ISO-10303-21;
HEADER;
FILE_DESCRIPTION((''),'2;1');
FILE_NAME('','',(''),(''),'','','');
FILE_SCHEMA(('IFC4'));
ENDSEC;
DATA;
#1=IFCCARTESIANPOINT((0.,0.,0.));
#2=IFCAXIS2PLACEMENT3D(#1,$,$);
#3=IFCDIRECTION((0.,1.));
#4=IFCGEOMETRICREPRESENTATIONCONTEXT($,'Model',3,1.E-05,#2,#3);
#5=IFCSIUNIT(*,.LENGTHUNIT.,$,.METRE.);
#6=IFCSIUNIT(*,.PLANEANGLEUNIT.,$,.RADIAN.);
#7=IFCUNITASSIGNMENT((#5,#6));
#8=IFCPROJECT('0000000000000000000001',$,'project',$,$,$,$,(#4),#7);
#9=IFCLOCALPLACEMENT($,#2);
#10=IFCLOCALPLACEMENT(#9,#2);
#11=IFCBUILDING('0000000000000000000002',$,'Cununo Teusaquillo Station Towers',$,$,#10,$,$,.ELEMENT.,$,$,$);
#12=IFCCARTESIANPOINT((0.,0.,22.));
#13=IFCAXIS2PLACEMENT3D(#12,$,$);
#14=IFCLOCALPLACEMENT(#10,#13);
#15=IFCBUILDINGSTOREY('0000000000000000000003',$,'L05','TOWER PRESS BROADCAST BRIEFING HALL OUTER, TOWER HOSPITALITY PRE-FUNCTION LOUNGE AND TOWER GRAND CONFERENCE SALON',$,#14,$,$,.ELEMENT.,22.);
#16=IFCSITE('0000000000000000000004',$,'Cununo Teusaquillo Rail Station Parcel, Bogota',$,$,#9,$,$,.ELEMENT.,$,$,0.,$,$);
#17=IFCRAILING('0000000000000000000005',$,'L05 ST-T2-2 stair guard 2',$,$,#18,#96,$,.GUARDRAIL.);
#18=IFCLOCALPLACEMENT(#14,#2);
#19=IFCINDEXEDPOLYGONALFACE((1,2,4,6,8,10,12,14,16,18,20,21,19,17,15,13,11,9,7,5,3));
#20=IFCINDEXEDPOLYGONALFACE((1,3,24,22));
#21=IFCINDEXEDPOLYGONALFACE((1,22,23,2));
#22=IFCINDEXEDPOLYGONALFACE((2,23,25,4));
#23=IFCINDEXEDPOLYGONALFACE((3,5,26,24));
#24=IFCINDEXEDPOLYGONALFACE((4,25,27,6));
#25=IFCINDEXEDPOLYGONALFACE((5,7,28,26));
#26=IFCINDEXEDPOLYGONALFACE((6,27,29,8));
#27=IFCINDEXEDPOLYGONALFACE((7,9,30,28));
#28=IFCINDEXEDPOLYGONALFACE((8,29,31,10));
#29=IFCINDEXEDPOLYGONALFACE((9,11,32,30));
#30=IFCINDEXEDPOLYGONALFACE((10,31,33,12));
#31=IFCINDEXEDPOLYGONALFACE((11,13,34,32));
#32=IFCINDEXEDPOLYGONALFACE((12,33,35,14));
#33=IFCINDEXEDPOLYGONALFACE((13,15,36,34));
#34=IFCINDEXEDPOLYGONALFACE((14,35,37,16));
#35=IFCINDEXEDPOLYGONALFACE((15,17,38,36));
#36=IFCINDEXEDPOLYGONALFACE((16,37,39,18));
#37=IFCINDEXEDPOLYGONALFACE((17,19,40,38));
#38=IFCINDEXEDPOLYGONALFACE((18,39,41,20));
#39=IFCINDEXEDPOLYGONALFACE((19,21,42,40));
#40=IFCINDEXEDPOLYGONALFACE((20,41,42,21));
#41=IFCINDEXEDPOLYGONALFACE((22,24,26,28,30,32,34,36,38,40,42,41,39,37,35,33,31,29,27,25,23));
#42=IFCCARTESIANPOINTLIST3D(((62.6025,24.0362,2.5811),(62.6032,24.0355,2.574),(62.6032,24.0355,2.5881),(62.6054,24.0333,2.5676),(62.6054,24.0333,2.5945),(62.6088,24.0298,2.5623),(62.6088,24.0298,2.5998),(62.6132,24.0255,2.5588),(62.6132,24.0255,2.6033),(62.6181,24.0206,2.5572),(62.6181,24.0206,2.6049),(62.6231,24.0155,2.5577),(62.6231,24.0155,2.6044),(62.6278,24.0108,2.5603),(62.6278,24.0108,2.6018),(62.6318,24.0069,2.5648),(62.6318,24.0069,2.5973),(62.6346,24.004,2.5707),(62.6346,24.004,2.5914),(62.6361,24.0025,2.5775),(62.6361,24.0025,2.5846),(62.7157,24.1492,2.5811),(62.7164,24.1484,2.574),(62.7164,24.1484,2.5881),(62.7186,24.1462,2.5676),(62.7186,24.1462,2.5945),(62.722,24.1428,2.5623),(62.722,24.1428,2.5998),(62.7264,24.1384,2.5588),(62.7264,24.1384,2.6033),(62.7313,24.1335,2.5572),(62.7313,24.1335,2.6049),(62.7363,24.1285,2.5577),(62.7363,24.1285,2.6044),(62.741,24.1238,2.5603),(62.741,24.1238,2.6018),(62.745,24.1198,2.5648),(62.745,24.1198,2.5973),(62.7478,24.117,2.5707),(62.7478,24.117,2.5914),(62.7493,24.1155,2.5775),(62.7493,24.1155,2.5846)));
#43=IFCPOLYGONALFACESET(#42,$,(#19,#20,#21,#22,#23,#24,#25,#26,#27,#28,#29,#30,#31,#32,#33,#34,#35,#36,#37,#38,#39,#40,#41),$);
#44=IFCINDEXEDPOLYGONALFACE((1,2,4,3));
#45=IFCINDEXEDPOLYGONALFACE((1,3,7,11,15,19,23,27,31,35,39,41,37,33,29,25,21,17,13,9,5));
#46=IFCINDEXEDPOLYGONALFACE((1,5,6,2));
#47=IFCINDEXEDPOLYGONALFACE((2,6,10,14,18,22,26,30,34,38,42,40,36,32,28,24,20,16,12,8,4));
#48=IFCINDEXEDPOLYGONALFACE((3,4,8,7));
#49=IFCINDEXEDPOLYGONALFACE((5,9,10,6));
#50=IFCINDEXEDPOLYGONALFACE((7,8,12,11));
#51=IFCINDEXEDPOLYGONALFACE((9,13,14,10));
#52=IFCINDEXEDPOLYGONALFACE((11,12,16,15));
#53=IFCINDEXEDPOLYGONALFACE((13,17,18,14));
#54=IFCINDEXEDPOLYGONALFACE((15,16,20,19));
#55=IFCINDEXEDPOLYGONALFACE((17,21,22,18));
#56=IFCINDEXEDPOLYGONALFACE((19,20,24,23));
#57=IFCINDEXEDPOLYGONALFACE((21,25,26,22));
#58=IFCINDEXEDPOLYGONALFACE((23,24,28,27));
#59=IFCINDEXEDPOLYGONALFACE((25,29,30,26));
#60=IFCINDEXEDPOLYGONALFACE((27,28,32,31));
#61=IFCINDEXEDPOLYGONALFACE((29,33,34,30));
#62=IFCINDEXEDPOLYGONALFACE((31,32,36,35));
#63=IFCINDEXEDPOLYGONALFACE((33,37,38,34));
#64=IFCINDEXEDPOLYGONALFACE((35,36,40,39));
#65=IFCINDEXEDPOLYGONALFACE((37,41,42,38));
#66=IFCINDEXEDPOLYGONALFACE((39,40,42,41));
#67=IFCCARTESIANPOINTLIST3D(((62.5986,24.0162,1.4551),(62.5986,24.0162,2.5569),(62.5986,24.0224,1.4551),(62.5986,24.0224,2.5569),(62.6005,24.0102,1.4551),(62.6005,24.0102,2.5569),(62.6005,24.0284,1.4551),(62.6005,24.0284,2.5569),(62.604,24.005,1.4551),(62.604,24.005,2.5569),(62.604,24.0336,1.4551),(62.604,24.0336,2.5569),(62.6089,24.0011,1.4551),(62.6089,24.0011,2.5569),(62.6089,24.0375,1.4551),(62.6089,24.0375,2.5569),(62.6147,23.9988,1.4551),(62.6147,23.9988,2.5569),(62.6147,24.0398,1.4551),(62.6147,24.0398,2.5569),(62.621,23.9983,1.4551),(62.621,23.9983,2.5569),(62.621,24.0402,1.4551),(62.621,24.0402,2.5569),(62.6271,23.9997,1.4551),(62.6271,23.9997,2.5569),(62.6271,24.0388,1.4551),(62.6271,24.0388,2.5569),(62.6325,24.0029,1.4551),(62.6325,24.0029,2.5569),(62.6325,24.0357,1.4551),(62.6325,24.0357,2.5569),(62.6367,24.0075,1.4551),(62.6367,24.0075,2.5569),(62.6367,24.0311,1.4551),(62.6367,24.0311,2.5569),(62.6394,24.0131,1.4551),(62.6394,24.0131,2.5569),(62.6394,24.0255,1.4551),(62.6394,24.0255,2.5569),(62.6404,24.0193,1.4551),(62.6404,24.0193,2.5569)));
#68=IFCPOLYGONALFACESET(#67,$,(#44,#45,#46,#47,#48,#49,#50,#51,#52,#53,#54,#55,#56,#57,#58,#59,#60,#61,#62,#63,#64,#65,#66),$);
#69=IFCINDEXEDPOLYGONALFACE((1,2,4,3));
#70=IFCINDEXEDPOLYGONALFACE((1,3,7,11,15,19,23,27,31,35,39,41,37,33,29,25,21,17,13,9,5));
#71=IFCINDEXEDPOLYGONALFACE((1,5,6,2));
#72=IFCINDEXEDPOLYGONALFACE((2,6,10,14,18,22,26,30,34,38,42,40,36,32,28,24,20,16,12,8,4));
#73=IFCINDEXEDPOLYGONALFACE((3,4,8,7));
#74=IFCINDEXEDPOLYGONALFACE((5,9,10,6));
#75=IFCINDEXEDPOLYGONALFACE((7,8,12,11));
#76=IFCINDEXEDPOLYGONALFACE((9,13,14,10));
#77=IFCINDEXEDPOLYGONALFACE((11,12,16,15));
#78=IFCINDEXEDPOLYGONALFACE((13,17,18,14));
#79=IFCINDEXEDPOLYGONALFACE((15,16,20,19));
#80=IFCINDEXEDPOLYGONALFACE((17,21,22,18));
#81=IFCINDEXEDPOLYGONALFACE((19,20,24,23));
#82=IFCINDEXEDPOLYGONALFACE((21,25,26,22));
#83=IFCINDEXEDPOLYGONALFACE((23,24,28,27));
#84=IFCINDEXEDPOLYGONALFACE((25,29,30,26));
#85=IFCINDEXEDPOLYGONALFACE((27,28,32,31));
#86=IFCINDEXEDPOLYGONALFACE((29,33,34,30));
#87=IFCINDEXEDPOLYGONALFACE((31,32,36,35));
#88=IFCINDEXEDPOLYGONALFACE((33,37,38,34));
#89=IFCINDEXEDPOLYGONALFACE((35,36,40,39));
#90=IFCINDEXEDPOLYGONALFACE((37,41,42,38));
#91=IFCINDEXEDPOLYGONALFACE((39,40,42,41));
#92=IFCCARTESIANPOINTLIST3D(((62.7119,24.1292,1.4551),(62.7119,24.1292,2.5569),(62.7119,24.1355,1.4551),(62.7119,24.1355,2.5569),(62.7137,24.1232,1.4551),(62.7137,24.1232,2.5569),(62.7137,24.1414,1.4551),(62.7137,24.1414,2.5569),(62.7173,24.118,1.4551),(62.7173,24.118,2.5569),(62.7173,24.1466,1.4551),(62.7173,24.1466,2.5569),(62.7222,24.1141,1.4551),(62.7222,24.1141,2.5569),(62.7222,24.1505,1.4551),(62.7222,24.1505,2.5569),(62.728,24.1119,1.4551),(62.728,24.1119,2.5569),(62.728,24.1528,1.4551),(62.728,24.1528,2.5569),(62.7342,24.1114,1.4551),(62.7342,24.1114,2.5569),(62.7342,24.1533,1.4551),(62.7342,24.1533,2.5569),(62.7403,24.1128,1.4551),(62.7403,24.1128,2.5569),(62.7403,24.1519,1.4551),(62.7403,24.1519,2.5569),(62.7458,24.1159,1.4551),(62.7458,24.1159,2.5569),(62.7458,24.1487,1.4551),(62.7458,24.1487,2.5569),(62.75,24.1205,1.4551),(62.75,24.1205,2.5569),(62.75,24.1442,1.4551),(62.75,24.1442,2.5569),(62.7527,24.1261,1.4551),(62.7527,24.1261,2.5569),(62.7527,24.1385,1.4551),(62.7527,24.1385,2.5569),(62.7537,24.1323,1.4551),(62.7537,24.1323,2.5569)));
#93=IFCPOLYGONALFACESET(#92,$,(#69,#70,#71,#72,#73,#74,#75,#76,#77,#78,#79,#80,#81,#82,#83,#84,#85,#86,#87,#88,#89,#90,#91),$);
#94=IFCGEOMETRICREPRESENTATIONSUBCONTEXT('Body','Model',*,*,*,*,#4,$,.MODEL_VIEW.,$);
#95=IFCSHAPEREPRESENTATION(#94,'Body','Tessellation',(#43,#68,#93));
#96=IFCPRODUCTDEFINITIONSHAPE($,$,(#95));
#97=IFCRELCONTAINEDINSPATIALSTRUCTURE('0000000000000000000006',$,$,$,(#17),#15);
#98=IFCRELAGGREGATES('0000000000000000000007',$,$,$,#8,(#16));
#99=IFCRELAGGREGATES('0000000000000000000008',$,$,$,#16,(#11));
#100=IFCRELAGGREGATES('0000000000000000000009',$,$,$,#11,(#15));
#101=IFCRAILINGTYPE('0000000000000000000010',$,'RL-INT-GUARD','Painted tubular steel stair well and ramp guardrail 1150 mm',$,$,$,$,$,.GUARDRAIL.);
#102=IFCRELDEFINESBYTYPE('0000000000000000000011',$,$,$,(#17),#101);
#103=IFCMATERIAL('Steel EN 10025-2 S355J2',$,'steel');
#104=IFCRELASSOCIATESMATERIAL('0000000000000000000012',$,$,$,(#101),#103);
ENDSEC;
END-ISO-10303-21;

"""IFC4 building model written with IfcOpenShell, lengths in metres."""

from ifc_helpers import new_model, si_unit, direction, frame, origin, origin_2d, place, context, subcontext, project, spatial, circle, extrude, material, type_object, element, save


model = new_model("IFC4")

# Units and contexts
model_context = context("Model", 3, precision=1e-05, world=origin(), true_north=direction((0.0, 1.0)))
body_context = subcontext(model_context, "Body", "Model", "MODEL_VIEW")
ifc_project = project(units=[si_unit("LENGTHUNIT", "METRE"), si_unit("PLANEANGLEUNIT", "RADIAN")], contexts=[model_context])

# Site, building, storey
site_placement = place(None, origin())
site = spatial("IfcSite", under=ifc_project, at=site_placement, Name="Cununo Teusaquillo Rail Station Parcel, Bogota", CompositionType="ELEMENT", RefElevation=0.0)
building_placement = place(site_placement, origin())
building = spatial("IfcBuilding", under=site, at=building_placement, Name="Cununo Teusaquillo Station Towers", CompositionType="ELEMENT")
storey_placement = place(building_placement, frame((0.0, 0.0, 22.0)))
storey = spatial("IfcBuildingStorey", under=building, at=storey_placement, Name="L05", Description="TOWER PRESS BROADCAST BRIEFING HALL OUTER, TOWER HOSPITALITY PRE-FUNCTION LOUNGE AND TOWER GRAND CONFERENCE SALON", CompositionType="ELEMENT", Elevation=22.0)

# Railing
ifc_material_1 = material(Name="Steel EN 10025-2 S355J2", Category="steel")
railing_type_1 = type_object("IfcRailingType", Name="RL-INT-GUARD", Description="Painted tubular steel stair well and ramp guardrail 1150 mm", PredefinedType="GUARDRAIL", material=ifc_material_1)
railing_1_placement = place(storey_placement, frame((62.6194, 24.0193, 1.4551)))
element("IfcRailing", 1, at=railing_1_placement, inside=storey, type_object=railing_type_1, Name="L05 ST-T2-2 stair guard 2", PredefinedType="GUARDRAIL", context=body_context, shape_type="SweptSolid", body=[
    extrude(circle(Radius=0.0239, at=origin_2d()), frame((0.0, 0.0, 1.126), z_axis=(0.707869, 0.706344, 0.0), x_axis=(-0.706344, 0.707869, 0.0)), (0.0, 0.0, 1.0), 0.1599),
    extrude(circle(Radius=0.021, at=origin_2d()), origin(), (0.0, 0.0, 1.0), 1.1018),
    extrude(circle(Radius=0.021, at=origin_2d()), frame((0.1133, 0.113, 0.0)), (0.0, 0.0, 1.0), 1.1018),
])

save(model, "model.ifc")
